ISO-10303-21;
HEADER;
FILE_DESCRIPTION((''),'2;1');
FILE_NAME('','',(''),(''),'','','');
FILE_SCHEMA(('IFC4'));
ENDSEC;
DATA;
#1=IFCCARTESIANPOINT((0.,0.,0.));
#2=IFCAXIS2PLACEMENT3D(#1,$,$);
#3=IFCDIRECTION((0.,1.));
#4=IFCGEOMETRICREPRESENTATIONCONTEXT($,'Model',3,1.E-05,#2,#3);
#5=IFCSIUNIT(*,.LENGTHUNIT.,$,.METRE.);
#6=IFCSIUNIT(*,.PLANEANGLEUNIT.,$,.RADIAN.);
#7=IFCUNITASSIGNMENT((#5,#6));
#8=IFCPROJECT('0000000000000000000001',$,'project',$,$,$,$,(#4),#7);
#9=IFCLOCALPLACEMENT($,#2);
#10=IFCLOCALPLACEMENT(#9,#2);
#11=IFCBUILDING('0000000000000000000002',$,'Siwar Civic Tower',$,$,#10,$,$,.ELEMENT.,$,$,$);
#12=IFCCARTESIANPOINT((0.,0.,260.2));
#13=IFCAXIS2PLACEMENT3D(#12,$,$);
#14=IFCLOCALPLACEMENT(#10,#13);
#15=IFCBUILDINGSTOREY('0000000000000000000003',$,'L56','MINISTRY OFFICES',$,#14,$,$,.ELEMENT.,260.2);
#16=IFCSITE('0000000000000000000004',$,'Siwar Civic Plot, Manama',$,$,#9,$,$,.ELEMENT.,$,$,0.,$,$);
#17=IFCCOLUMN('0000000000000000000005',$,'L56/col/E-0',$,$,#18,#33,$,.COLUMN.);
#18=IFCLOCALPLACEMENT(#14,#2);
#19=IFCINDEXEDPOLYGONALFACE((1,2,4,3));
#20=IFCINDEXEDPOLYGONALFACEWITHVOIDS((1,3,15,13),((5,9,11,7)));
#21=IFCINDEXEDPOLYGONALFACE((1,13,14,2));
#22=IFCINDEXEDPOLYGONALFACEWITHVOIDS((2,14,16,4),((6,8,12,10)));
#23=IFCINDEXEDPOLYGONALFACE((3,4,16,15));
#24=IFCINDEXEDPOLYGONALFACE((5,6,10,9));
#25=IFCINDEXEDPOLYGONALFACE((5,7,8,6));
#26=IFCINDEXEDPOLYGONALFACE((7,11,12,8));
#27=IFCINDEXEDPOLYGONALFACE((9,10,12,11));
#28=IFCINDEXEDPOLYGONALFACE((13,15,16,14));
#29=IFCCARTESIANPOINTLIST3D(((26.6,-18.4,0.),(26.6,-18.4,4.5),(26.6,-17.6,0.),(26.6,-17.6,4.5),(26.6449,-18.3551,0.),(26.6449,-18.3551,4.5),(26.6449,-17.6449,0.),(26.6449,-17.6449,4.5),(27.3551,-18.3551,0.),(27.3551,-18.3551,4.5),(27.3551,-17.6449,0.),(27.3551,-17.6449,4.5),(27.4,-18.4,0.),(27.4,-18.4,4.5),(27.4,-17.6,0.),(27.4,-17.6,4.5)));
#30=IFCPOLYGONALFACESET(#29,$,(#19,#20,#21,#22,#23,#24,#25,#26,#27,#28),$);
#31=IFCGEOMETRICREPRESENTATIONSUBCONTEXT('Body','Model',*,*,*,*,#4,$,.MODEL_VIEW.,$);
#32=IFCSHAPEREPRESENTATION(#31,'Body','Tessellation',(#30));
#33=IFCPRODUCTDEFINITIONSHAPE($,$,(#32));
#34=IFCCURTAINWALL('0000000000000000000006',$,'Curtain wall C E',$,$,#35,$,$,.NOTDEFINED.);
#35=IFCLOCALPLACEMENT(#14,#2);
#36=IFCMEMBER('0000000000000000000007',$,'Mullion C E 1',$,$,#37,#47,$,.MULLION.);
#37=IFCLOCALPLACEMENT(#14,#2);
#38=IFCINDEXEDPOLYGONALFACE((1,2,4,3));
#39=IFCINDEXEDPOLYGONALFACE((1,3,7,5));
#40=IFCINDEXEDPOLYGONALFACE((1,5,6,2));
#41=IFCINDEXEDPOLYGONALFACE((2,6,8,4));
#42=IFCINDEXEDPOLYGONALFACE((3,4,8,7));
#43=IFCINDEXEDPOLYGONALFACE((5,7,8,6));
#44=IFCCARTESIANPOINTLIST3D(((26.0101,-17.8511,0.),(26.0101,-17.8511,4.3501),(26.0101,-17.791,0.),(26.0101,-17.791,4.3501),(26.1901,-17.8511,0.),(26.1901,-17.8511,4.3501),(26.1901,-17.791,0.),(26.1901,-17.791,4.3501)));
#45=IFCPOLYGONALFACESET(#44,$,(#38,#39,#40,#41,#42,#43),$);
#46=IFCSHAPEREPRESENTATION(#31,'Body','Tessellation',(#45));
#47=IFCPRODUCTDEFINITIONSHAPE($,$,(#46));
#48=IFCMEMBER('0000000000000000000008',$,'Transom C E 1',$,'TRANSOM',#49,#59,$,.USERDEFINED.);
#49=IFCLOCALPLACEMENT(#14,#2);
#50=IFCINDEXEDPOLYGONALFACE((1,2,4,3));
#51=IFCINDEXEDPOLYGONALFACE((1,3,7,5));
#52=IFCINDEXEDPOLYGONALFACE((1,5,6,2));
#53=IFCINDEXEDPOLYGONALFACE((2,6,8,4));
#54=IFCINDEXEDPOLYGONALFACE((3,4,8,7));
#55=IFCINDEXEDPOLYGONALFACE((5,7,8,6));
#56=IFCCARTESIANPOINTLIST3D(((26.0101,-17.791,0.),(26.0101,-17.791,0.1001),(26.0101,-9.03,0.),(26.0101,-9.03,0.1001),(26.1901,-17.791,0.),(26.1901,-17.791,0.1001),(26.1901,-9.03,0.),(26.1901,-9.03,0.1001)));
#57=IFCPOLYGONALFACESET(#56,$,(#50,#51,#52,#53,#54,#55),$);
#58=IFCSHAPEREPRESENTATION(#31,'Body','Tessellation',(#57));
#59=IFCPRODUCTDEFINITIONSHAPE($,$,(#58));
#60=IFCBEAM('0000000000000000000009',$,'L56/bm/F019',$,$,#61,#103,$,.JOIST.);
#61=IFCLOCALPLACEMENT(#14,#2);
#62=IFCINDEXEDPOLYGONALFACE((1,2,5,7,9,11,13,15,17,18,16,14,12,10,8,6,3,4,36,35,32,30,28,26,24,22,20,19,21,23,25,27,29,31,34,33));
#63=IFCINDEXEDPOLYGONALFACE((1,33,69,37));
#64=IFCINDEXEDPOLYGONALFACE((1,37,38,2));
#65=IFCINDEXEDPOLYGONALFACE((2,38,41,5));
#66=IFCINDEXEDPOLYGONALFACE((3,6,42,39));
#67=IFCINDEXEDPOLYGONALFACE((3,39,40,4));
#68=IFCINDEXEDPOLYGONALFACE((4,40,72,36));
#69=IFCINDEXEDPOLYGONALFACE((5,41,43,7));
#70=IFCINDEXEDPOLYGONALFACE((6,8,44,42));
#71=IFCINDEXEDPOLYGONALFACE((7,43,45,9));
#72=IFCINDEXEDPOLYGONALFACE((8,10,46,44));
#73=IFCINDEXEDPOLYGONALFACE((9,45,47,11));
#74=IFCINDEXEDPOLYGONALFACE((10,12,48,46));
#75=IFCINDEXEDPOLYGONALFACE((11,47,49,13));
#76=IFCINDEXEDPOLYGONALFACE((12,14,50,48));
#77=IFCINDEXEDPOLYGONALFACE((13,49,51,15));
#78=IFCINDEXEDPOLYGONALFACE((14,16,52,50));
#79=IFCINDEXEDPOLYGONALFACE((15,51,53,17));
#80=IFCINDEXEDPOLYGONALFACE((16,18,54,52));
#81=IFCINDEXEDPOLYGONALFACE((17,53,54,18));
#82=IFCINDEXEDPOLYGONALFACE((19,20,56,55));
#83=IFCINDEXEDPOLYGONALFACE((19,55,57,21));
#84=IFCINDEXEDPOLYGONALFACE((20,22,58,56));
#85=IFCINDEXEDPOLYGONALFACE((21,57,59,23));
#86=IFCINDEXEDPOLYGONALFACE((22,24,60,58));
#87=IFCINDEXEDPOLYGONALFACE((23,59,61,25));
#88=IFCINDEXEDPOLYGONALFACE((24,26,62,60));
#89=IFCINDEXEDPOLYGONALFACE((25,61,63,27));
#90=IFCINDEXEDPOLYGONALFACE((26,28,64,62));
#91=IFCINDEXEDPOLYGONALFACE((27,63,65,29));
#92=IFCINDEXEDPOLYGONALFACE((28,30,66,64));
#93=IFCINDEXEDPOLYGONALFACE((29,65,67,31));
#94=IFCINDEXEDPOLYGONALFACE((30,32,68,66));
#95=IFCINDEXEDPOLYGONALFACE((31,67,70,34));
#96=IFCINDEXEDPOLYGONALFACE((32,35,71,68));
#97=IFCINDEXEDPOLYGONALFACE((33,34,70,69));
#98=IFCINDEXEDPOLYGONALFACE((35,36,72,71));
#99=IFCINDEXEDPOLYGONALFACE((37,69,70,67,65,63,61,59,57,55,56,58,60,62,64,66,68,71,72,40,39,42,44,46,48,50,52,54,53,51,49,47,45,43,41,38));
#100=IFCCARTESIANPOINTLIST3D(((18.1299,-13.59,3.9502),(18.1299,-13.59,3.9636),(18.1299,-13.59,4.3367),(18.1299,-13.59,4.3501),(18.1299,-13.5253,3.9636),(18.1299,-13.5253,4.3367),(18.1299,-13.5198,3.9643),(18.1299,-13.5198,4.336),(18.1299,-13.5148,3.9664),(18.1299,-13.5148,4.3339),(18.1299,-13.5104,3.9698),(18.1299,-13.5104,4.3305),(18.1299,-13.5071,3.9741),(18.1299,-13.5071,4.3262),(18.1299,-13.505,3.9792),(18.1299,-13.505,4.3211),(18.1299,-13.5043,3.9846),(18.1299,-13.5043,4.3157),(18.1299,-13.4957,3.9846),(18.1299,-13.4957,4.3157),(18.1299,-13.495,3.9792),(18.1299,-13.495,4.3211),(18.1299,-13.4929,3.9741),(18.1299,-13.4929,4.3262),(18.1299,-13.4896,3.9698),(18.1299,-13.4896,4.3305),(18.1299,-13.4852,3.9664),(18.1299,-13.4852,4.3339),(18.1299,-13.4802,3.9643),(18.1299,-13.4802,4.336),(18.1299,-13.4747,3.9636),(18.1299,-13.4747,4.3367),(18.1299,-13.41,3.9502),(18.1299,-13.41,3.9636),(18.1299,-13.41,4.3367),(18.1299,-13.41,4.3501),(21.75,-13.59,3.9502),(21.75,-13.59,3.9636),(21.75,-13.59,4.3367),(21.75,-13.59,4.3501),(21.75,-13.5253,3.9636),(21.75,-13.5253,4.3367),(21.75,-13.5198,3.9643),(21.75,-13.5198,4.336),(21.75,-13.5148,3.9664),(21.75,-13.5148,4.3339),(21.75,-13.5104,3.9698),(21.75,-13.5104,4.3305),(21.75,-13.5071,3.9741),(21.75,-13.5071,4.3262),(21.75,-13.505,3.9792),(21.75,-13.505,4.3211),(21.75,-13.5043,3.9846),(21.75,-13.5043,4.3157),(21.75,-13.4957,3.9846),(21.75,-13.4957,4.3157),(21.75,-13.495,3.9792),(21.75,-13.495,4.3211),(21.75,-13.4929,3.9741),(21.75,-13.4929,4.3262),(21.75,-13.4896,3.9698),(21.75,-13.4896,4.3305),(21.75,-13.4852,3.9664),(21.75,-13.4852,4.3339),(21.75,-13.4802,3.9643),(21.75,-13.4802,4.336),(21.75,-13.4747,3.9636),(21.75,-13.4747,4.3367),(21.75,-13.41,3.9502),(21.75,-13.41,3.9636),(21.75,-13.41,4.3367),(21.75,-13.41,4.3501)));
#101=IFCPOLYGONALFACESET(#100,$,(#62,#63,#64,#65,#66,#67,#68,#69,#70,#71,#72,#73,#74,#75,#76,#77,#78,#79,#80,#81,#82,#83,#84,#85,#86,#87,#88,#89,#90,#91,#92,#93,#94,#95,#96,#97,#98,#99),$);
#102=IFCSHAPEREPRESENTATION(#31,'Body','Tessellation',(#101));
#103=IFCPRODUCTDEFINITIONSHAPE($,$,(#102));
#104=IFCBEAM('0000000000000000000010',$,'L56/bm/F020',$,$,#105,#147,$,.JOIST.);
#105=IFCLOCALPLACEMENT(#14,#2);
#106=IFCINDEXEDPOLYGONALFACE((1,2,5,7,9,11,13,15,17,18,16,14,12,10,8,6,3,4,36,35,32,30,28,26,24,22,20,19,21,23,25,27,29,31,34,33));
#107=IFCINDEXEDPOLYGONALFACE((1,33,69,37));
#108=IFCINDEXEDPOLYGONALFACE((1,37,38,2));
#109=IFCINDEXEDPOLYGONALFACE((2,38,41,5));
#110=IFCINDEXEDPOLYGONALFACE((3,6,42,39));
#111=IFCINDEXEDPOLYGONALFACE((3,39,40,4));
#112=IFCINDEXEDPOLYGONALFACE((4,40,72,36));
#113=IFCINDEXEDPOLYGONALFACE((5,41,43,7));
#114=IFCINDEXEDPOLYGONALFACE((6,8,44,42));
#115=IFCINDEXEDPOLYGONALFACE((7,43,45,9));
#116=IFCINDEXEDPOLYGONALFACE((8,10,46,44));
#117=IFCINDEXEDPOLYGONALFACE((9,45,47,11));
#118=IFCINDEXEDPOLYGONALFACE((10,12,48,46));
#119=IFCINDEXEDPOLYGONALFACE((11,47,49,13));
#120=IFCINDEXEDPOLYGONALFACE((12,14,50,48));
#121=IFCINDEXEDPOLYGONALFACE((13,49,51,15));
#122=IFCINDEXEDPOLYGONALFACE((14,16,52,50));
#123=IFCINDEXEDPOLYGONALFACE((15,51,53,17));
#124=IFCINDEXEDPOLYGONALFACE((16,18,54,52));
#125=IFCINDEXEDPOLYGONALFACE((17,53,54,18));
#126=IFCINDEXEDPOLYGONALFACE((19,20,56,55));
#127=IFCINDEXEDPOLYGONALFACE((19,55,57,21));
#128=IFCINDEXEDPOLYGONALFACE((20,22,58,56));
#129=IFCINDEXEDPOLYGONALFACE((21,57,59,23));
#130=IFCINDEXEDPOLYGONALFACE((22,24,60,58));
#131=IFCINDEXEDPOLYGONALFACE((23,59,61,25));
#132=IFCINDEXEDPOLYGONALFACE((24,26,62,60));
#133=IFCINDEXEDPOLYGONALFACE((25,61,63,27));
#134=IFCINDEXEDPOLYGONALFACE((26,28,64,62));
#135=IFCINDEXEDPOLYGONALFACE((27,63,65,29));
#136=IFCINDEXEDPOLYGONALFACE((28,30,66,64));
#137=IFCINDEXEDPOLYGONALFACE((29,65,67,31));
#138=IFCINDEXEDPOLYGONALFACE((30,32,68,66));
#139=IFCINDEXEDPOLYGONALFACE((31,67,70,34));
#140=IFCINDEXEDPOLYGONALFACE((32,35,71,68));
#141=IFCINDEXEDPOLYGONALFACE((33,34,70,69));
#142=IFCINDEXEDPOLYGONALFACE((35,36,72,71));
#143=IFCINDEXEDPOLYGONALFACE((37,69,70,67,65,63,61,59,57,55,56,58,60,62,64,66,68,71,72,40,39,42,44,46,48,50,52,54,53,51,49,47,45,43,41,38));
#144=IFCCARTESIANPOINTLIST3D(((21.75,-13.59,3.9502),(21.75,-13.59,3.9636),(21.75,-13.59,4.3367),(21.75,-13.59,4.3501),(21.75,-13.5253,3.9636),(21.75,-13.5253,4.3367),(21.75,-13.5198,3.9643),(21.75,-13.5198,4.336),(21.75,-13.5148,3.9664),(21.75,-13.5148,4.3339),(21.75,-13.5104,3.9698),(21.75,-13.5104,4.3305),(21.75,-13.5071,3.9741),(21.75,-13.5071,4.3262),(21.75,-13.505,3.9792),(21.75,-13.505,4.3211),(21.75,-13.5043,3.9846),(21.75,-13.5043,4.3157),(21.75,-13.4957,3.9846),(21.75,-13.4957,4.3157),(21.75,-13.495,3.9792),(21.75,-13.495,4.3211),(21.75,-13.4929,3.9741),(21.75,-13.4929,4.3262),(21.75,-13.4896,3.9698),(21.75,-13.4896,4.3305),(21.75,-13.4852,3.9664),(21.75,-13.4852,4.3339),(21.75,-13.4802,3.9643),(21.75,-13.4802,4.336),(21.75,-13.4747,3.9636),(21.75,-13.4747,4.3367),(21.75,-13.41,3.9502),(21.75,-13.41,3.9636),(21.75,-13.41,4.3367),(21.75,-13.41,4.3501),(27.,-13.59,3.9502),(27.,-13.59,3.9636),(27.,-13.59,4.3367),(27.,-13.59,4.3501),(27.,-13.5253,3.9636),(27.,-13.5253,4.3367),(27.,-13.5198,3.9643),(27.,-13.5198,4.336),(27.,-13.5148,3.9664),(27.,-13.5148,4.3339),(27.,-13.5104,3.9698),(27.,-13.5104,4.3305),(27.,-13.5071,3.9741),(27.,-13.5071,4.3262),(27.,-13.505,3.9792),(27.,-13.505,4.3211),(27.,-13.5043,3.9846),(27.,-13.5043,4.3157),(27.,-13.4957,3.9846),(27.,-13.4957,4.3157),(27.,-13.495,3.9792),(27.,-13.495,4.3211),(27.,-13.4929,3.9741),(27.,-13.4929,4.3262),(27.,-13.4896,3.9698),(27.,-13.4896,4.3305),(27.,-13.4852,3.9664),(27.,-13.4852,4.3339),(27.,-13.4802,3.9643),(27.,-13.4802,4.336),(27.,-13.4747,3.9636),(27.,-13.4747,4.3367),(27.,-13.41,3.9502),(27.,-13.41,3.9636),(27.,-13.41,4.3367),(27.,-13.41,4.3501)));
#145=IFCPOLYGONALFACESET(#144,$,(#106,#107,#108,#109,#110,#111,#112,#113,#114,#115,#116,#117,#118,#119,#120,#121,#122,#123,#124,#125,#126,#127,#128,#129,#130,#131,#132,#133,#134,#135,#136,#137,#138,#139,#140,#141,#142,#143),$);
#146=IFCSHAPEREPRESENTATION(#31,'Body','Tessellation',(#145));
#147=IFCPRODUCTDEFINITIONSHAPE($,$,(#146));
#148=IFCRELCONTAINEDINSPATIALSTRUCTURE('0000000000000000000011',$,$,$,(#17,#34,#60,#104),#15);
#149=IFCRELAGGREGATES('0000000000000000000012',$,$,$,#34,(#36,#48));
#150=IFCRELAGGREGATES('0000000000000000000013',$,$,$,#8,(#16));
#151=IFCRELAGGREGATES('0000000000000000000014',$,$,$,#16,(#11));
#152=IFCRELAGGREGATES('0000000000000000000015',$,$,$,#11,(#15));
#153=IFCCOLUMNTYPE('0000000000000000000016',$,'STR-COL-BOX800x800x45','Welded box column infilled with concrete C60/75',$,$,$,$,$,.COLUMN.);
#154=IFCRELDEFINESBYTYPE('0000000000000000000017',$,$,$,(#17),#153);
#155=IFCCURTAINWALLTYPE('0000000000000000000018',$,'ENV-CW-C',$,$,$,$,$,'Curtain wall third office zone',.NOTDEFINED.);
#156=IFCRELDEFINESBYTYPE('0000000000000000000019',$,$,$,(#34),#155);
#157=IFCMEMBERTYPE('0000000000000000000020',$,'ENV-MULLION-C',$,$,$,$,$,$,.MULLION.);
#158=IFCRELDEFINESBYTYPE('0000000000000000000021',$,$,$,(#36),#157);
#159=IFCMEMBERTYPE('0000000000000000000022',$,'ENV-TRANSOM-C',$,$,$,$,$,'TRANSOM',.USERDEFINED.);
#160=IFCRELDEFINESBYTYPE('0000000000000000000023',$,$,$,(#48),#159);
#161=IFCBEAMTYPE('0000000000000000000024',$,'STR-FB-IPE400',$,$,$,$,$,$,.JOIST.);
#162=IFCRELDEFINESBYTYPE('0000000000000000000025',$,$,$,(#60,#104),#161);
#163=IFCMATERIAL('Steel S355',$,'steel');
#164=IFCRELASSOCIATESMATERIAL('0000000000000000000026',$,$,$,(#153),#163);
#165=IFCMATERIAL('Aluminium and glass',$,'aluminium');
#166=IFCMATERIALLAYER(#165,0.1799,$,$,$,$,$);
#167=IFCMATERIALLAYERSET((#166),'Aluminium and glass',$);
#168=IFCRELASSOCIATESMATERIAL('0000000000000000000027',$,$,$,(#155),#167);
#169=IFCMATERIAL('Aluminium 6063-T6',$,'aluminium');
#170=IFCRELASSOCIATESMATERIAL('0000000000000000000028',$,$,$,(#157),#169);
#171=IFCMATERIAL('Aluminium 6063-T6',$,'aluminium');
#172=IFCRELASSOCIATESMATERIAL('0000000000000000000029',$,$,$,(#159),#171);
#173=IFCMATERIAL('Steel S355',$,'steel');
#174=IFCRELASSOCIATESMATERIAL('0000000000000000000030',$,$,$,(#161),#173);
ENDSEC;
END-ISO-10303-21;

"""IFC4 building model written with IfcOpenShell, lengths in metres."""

from ifc_helpers import new_model, si_unit, direction, frame, origin, origin_2d, place, context, subcontext, project, spatial, rectangle, hollow_rectangle, i_section, extrude, material, layer, layer_set, material_profile, profile_set, type_object, element, aggregate, save


model = new_model("IFC4")

# Units and contexts
model_context = context("Model", 3, precision=1e-05, world=origin(), true_north=direction((0.0, 1.0)))
body_context = subcontext(model_context, "Body", "Model", "MODEL_VIEW")
ifc_project = project(units=[si_unit("LENGTHUNIT", "METRE"), si_unit("PLANEANGLEUNIT", "RADIAN")], contexts=[model_context])

# Site, building, storey
site_placement = place(None, origin())
site = spatial("IfcSite", under=ifc_project, at=site_placement, Name="Siwar Civic Plot, Manama", CompositionType="ELEMENT", RefElevation=0.0)
building_placement = place(site_placement, origin())
building = spatial("IfcBuilding", under=site, at=building_placement, Name="Siwar Civic Tower", CompositionType="ELEMENT")
storey_placement = place(building_placement, frame((0.0, 0.0, 260.2)))
storey = spatial("IfcBuildingStorey", under=building, at=storey_placement, Name="L56", Description="MINISTRY OFFICES", CompositionType="ELEMENT", Elevation=260.2)

# Column
ifc_material_1 = material(Name="Steel S355", Category="steel")
ifc_material_profile_1 = material_profile(ifc_material_1, hollow_rectangle(XDim=0.8, YDim=0.8, WallThickness=0.0449, at=origin_2d()), Name="BOX800x800x45")
ifc_profile_set_1 = profile_set([ifc_material_profile_1], Name="Steel S355")
column_type = type_object("IfcColumnType", Name="STR-COL-BOX800x800x45", Description="Welded box column infilled with concrete C60/75", PredefinedType="COLUMN", material=ifc_profile_set_1)
column_placement = place(storey_placement, frame((27.0, -18.0, 0.0), z_axis=(0.0, 0.0, 1.0), x_axis=(1.0, 0.0, 0.0)))
element("IfcColumn", 1, at=column_placement, inside=storey, type_object=column_type, Name="L56/col/E-0", PredefinedType="COLUMN", context=body_context, shape_type="SweptSolid", body=[
    extrude(hollow_rectangle(XDim=0.8, YDim=0.8, WallThickness=0.0449, at=origin_2d()), origin(), (0.0, 0.0, 1.0), 4.5),
])

# Curtain wall, members
ifc_material_2 = material(Name="Aluminium and glass", Category="aluminium")
ifc_layer_1 = layer(ifc_material_2, 0.1799)
ifc_layer_set_1 = layer_set([ifc_layer_1], Name="Aluminium and glass")
curtain_wall_type = type_object("IfcCurtainWallType", Name="ENV-CW-C", ElementType="Curtain wall third office zone", PredefinedType="NOTDEFINED", material=ifc_layer_set_1)
curtain_wall_placement = place(storey_placement, origin())
curtain_wall = element("IfcCurtainWall", 2, at=curtain_wall_placement, inside=storey, type_object=curtain_wall_type, Name="Curtain wall C E", PredefinedType="NOTDEFINED")
ifc_material_3 = material(Name="Aluminium 6063-T6", Category="aluminium")
ifc_material_profile_2 = material_profile(ifc_material_3, rectangle(XDim=0.1799, YDim=0.0601, at=origin_2d()), Name="AL 180x60")
ifc_profile_set_2 = profile_set([ifc_material_profile_2], Name="Aluminium 6063-T6")
member_type_1 = type_object("IfcMemberType", Name="ENV-MULLION-C", PredefinedType="MULLION", material=ifc_profile_set_2)
member_1_placement = place(storey_placement, frame((26.1001, -17.821, 0.0), z_axis=(0.0, 0.0, 1.0), x_axis=(-1.0, 0.0, 0.0)))
member_1 = element("IfcMember", 3, at=member_1_placement, type_object=member_type_1, Name="Mullion C E 1", PredefinedType="MULLION", context=body_context, shape_type="SweptSolid", body=[
    extrude(rectangle(XDim=0.1799, YDim=0.0601, at=origin_2d()), origin(), (0.0, 0.0, 1.0), 4.3501),
])
ifc_material_4 = material(Name="Aluminium 6063-T6", Category="aluminium")
ifc_material_profile_3 = material_profile(ifc_material_4, rectangle(XDim=0.1799, YDim=0.1001, at=origin_2d()), Name="AL 180x100")
ifc_profile_set_3 = profile_set([ifc_material_profile_3], Name="Aluminium 6063-T6")
member_type_2 = type_object("IfcMemberType", Name="ENV-TRANSOM-C", ElementType="TRANSOM", PredefinedType="USERDEFINED", material=ifc_profile_set_3)
member_2_placement = place(storey_placement, frame((26.1001, -17.791, 0.05), z_axis=(0.0, 1.0, 0.0), x_axis=(-1.0, 0.0, 0.0)))
member_2 = element("IfcMember", 4, at=member_2_placement, type_object=member_type_2, Name="Transom C E 1", ObjectType="TRANSOM", PredefinedType="USERDEFINED", context=body_context, shape_type="SweptSolid", body=[
    extrude(rectangle(XDim=0.1799, YDim=0.1001, at=origin_2d()), origin(), (0.0, 0.0, 1.0), 8.761),
])

# Beams
ifc_material_5 = material(Name="Steel S355", Category="steel")
ifc_material_profile_4 = material_profile(ifc_material_5, i_section(OverallWidth=0.1799, OverallDepth=0.3999, WebThickness=0.0085, FlangeThickness=0.0134, FilletRadius=0.021, at=origin_2d()), Name="IPE400")
ifc_profile_set_4 = profile_set([ifc_material_profile_4], Name="Steel S355")
beam_type_1 = type_object("IfcBeamType", Name="STR-FB-IPE400", PredefinedType="JOIST", material=ifc_profile_set_4)
beam_1_placement = place(storey_placement, frame((18.1299, -13.5, 4.1501), z_axis=(1.0, 0.0, 0.0), x_axis=(0.0, 1.0, 0.0)))
element("IfcBeam", 5, at=beam_1_placement, inside=storey, type_object=beam_type_1, Name="L56/bm/F019", PredefinedType="JOIST", context=body_context, shape_type="SweptSolid", body=[
    extrude(i_section(OverallWidth=0.1799, OverallDepth=0.3999, WebThickness=0.0085, FlangeThickness=0.0134, FilletRadius=0.021, at=origin_2d()), origin(), (0.0, 0.0, 1.0), 3.6201),
])
beam_2_placement = place(storey_placement, frame((21.75, -13.5, 4.1501), z_axis=(1.0, 0.0, 0.0), x_axis=(0.0, 1.0, 0.0)))
element("IfcBeam", 6, at=beam_2_placement, inside=storey, type_object=beam_type_1, Name="L56/bm/F020", PredefinedType="JOIST", context=body_context, shape_type="SweptSolid", body=[
    extrude(i_section(OverallWidth=0.1799, OverallDepth=0.3999, WebThickness=0.0085, FlangeThickness=0.0134, FilletRadius=0.021, at=origin_2d()), origin(), (0.0, 0.0, 1.0), 5.25),
])

aggregate(curtain_wall, [member_1, member_2])

save(model, "model.ifc")
